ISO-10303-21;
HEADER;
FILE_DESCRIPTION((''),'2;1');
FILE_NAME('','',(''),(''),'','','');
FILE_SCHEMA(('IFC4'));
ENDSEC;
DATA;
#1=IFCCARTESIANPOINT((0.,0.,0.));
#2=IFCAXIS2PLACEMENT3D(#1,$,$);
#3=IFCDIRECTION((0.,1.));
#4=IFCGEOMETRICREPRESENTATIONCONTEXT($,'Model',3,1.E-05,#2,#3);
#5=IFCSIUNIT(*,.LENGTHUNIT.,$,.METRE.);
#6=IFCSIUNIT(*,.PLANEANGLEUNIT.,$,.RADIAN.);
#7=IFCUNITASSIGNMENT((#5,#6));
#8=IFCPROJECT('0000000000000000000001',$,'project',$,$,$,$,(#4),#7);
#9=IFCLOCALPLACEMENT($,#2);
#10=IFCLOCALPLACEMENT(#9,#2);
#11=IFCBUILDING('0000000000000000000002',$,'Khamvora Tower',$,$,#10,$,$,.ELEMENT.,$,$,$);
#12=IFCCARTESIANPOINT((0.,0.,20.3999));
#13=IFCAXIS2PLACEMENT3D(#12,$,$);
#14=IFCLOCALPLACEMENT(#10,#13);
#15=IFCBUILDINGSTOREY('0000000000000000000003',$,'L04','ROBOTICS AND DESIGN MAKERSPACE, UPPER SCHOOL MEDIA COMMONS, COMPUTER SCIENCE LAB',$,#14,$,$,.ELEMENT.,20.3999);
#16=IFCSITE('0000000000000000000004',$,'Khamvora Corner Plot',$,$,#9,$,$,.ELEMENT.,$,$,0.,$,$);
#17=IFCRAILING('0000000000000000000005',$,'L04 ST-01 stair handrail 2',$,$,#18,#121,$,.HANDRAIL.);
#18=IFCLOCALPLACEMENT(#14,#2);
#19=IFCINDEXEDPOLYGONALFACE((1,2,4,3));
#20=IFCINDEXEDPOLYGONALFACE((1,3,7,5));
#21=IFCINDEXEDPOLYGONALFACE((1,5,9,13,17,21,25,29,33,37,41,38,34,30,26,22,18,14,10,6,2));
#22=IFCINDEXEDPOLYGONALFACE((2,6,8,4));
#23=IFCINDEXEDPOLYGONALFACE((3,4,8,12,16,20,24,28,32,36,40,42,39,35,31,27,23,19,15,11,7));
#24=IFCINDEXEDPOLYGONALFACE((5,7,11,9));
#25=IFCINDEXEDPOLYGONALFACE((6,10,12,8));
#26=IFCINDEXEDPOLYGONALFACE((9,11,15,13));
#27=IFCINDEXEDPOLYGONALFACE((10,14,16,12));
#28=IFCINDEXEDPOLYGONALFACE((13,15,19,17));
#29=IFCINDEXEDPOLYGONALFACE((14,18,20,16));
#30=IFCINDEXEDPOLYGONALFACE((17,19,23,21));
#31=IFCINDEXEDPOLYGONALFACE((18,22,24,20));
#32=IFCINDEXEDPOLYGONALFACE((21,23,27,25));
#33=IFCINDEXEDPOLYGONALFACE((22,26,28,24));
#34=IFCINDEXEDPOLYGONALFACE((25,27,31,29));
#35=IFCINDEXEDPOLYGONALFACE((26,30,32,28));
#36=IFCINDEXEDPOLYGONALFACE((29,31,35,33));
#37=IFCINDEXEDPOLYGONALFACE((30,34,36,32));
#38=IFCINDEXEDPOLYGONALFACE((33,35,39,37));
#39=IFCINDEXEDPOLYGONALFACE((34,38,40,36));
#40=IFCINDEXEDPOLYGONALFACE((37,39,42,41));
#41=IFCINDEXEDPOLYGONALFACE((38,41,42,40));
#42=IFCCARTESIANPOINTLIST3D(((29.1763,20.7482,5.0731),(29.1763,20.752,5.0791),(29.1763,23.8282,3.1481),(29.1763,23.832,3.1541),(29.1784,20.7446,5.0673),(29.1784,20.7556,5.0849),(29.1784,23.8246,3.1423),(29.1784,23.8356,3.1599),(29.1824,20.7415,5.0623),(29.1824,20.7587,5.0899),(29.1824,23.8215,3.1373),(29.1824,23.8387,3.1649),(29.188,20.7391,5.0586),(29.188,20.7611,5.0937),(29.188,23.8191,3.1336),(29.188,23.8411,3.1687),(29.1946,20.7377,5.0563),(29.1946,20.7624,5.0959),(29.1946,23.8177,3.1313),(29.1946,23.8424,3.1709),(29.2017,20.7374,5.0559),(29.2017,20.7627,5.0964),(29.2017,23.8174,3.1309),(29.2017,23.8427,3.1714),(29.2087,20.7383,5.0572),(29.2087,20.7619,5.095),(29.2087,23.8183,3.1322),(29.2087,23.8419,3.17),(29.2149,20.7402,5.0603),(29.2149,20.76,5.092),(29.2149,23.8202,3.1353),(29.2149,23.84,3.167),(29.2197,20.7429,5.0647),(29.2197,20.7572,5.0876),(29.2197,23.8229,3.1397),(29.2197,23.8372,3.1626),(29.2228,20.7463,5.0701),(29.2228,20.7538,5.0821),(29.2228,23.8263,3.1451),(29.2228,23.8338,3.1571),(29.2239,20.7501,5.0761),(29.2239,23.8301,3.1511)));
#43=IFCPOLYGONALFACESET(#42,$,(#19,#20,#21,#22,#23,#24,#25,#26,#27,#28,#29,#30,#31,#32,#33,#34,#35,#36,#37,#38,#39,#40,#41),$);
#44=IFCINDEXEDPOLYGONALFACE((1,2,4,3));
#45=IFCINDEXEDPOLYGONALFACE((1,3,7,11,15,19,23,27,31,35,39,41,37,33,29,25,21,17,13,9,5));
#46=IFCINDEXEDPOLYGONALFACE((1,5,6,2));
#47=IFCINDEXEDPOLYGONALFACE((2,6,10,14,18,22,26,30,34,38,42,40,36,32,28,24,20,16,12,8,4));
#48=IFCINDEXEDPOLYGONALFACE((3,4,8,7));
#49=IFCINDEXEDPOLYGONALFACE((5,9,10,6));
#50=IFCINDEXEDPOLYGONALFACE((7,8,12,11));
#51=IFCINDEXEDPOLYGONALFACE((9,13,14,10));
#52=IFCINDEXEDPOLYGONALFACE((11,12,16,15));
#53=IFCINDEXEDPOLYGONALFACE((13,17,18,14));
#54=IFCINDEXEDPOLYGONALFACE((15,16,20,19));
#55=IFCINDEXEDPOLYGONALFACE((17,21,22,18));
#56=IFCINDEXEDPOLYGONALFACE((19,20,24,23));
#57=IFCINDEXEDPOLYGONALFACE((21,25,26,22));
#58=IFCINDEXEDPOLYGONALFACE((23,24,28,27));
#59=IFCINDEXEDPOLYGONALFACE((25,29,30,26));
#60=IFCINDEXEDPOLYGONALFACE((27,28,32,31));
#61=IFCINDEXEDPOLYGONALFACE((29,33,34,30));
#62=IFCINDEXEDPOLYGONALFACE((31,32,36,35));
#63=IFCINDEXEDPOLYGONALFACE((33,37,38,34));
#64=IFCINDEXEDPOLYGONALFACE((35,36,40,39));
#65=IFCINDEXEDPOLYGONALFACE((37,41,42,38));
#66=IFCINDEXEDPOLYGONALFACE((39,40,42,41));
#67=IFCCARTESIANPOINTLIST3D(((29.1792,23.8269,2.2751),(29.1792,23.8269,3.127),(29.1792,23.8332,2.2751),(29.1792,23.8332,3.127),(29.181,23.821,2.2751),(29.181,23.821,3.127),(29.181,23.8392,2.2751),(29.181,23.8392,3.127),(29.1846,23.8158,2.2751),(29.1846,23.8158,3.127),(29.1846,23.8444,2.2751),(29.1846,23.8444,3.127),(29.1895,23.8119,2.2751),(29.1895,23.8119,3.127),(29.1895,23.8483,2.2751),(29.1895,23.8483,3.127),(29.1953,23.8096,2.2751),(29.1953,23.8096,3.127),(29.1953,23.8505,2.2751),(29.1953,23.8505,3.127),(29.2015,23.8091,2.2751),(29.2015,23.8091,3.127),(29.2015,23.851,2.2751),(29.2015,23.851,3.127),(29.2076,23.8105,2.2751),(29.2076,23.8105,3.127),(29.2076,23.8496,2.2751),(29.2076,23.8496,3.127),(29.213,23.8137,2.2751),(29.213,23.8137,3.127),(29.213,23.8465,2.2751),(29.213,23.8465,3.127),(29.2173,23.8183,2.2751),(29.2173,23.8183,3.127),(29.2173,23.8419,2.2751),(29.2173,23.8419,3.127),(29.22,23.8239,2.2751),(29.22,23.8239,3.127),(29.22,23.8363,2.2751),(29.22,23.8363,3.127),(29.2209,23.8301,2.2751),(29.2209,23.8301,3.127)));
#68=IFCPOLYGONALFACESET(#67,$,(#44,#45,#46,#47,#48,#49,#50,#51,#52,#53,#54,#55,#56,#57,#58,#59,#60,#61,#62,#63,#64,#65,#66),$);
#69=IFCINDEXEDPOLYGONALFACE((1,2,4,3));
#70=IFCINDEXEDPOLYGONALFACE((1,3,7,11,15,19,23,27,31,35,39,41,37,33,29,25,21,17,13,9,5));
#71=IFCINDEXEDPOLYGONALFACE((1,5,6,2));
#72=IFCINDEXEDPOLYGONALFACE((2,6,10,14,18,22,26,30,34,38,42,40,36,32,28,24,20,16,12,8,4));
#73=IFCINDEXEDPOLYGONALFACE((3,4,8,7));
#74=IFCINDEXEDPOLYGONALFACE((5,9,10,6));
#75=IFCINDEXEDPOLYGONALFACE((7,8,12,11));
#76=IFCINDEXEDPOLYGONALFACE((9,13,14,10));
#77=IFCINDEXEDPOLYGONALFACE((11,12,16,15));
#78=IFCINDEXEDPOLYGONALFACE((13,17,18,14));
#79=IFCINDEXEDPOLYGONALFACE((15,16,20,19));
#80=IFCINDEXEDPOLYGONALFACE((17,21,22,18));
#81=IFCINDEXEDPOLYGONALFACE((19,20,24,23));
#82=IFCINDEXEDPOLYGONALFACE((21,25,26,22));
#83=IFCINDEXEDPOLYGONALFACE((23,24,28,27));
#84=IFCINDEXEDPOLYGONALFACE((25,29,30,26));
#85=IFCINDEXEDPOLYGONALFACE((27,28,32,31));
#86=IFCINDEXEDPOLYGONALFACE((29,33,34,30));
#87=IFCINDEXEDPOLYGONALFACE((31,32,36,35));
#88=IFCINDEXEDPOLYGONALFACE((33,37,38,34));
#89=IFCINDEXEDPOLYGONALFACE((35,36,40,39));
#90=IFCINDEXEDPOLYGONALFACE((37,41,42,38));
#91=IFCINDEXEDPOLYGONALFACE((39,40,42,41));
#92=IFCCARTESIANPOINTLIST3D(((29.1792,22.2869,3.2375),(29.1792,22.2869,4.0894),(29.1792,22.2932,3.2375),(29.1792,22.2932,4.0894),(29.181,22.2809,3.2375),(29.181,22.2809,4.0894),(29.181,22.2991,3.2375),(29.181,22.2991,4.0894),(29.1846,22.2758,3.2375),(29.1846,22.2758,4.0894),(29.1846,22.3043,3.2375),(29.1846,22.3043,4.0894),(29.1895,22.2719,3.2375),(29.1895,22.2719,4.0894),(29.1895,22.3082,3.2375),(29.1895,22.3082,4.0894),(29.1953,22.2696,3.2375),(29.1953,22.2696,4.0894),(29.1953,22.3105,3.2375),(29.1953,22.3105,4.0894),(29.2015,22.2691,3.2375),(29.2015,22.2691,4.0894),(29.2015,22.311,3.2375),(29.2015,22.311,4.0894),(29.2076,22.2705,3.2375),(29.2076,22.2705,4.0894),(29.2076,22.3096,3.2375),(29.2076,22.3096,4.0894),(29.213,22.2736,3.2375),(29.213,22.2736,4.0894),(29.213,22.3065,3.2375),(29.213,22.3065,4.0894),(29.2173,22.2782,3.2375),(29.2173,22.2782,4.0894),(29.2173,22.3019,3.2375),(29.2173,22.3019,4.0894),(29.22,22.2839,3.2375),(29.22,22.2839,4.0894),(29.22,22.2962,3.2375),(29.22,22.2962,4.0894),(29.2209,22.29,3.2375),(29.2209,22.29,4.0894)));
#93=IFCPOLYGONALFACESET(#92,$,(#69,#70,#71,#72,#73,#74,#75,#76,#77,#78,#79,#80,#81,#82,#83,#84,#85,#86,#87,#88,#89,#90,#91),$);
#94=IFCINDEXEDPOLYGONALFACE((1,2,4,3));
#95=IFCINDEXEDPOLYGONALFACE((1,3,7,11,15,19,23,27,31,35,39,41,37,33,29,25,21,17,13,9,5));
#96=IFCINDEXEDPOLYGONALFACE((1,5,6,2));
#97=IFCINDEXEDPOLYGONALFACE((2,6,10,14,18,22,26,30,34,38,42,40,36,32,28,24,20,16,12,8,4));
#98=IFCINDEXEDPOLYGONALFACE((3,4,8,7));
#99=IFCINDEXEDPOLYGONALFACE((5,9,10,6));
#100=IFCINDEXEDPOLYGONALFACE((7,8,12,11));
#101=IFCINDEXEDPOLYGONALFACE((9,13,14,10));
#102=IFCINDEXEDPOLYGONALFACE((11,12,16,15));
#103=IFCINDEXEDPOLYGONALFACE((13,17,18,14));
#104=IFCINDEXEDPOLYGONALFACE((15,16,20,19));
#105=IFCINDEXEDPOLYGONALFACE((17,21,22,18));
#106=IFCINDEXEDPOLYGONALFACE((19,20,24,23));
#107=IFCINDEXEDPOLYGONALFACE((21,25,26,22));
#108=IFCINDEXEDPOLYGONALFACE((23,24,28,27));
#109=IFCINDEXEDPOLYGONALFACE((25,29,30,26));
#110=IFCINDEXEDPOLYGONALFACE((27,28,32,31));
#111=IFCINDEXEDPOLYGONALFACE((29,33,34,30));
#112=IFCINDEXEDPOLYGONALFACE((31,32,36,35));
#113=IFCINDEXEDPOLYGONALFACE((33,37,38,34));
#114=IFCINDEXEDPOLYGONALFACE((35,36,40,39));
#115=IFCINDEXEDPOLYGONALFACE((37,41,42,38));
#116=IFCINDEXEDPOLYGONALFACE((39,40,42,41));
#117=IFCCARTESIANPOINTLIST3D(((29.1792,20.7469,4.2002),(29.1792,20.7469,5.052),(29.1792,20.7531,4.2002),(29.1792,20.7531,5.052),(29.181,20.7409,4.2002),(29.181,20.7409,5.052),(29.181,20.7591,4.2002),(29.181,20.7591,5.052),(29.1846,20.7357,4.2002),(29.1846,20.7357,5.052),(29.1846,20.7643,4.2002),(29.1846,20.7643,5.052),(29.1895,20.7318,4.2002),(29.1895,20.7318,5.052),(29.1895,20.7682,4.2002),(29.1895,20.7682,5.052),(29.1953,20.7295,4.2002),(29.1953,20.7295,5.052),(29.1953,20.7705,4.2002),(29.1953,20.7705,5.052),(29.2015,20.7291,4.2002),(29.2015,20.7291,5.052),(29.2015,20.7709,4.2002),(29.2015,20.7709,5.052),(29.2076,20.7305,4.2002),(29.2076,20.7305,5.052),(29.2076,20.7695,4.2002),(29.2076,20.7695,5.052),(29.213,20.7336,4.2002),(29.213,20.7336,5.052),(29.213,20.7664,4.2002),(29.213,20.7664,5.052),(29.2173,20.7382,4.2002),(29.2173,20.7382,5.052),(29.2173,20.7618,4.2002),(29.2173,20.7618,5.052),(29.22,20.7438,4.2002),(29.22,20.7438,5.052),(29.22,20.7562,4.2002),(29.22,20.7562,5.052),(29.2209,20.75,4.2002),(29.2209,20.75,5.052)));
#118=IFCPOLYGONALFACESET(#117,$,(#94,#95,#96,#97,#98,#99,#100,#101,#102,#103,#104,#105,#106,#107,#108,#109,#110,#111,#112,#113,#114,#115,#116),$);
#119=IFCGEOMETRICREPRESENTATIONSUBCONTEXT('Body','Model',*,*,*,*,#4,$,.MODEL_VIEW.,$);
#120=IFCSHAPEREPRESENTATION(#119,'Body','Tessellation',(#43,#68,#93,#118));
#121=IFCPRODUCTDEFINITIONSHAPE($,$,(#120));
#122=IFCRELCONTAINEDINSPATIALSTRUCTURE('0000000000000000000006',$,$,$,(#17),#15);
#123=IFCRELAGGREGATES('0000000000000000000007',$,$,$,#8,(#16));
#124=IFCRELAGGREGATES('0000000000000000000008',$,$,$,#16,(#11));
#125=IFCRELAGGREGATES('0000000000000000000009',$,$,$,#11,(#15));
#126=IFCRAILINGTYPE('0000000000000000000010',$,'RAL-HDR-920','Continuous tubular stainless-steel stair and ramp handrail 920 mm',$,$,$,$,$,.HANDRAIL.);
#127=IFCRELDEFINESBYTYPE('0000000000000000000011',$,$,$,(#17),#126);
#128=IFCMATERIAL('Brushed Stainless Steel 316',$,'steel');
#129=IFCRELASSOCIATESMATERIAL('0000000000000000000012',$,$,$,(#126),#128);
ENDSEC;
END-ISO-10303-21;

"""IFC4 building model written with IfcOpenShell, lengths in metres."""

from ifc_helpers import new_model, si_unit, direction, frame, origin, origin_2d, place, context, subcontext, project, spatial, circle, extrude, material, type_object, element, save


model = new_model("IFC4")

# Units and contexts
model_context = context("Model", 3, precision=1e-05, world=origin(), true_north=direction((0.0, 1.0)))
body_context = subcontext(model_context, "Body", "Model", "MODEL_VIEW")
ifc_project = project(units=[si_unit("LENGTHUNIT", "METRE"), si_unit("PLANEANGLEUNIT", "RADIAN")], contexts=[model_context])

# Site, building, storey
site_placement = place(None, origin())
site = spatial("IfcSite", under=ifc_project, at=site_placement, Name="Khamvora Corner Plot", CompositionType="ELEMENT", RefElevation=0.0)
building_placement = place(site_placement, origin())
building = spatial("IfcBuilding", under=site, at=building_placement, Name="Khamvora Tower", CompositionType="ELEMENT")
storey_placement = place(building_placement, frame((0.0, 0.0, 20.3999)))
storey = spatial("IfcBuildingStorey", under=building, at=storey_placement, Name="L04", Description="ROBOTICS AND DESIGN MAKERSPACE, UPPER SCHOOL MEDIA COMMONS, COMPUTER SCIENCE LAB", CompositionType="ELEMENT", Elevation=20.3999)

# Railing
ifc_material_1 = material(Name="Brushed Stainless Steel 316", Category="steel")
railing_type_1 = type_object("IfcRailingType", Name="RAL-HDR-920", Description="Continuous tubular stainless-steel stair and ramp handrail 920 mm", PredefinedType="HANDRAIL", material=ifc_material_1)
railing_1_placement = place(storey_placement, frame((29.2, 23.8301, 2.2751)))
element("IfcRailing", 1, at=railing_1_placement, inside=storey, type_object=railing_type_1, Name="L04 ST-01 stair handrail 2", PredefinedType="HANDRAIL", context=body_context, shape_type="SweptSolid", body=[
    extrude(circle(Radius=0.0239, at=origin_2d()), frame((0.0, 0.0, 0.876), z_axis=(0.0, -0.847998, 0.529999), x_axis=(1.0, 0.0, 0.0)), (0.0, 0.0, 1.0), 3.6321),
    extrude(circle(Radius=0.021, at=origin_2d()), origin(), (0.0, 0.0, 1.0), 0.8518),
    extrude(circle(Radius=0.021, at=origin_2d()), frame((0.0, -1.54, 0.9624)), (0.0, 0.0, 1.0), 0.8518),
    extrude(circle(Radius=0.021, at=origin_2d()), frame((0.0, -3.0801, 1.925)), (0.0, 0.0, 1.0), 0.8518),
])

save(model, "model.ifc")
